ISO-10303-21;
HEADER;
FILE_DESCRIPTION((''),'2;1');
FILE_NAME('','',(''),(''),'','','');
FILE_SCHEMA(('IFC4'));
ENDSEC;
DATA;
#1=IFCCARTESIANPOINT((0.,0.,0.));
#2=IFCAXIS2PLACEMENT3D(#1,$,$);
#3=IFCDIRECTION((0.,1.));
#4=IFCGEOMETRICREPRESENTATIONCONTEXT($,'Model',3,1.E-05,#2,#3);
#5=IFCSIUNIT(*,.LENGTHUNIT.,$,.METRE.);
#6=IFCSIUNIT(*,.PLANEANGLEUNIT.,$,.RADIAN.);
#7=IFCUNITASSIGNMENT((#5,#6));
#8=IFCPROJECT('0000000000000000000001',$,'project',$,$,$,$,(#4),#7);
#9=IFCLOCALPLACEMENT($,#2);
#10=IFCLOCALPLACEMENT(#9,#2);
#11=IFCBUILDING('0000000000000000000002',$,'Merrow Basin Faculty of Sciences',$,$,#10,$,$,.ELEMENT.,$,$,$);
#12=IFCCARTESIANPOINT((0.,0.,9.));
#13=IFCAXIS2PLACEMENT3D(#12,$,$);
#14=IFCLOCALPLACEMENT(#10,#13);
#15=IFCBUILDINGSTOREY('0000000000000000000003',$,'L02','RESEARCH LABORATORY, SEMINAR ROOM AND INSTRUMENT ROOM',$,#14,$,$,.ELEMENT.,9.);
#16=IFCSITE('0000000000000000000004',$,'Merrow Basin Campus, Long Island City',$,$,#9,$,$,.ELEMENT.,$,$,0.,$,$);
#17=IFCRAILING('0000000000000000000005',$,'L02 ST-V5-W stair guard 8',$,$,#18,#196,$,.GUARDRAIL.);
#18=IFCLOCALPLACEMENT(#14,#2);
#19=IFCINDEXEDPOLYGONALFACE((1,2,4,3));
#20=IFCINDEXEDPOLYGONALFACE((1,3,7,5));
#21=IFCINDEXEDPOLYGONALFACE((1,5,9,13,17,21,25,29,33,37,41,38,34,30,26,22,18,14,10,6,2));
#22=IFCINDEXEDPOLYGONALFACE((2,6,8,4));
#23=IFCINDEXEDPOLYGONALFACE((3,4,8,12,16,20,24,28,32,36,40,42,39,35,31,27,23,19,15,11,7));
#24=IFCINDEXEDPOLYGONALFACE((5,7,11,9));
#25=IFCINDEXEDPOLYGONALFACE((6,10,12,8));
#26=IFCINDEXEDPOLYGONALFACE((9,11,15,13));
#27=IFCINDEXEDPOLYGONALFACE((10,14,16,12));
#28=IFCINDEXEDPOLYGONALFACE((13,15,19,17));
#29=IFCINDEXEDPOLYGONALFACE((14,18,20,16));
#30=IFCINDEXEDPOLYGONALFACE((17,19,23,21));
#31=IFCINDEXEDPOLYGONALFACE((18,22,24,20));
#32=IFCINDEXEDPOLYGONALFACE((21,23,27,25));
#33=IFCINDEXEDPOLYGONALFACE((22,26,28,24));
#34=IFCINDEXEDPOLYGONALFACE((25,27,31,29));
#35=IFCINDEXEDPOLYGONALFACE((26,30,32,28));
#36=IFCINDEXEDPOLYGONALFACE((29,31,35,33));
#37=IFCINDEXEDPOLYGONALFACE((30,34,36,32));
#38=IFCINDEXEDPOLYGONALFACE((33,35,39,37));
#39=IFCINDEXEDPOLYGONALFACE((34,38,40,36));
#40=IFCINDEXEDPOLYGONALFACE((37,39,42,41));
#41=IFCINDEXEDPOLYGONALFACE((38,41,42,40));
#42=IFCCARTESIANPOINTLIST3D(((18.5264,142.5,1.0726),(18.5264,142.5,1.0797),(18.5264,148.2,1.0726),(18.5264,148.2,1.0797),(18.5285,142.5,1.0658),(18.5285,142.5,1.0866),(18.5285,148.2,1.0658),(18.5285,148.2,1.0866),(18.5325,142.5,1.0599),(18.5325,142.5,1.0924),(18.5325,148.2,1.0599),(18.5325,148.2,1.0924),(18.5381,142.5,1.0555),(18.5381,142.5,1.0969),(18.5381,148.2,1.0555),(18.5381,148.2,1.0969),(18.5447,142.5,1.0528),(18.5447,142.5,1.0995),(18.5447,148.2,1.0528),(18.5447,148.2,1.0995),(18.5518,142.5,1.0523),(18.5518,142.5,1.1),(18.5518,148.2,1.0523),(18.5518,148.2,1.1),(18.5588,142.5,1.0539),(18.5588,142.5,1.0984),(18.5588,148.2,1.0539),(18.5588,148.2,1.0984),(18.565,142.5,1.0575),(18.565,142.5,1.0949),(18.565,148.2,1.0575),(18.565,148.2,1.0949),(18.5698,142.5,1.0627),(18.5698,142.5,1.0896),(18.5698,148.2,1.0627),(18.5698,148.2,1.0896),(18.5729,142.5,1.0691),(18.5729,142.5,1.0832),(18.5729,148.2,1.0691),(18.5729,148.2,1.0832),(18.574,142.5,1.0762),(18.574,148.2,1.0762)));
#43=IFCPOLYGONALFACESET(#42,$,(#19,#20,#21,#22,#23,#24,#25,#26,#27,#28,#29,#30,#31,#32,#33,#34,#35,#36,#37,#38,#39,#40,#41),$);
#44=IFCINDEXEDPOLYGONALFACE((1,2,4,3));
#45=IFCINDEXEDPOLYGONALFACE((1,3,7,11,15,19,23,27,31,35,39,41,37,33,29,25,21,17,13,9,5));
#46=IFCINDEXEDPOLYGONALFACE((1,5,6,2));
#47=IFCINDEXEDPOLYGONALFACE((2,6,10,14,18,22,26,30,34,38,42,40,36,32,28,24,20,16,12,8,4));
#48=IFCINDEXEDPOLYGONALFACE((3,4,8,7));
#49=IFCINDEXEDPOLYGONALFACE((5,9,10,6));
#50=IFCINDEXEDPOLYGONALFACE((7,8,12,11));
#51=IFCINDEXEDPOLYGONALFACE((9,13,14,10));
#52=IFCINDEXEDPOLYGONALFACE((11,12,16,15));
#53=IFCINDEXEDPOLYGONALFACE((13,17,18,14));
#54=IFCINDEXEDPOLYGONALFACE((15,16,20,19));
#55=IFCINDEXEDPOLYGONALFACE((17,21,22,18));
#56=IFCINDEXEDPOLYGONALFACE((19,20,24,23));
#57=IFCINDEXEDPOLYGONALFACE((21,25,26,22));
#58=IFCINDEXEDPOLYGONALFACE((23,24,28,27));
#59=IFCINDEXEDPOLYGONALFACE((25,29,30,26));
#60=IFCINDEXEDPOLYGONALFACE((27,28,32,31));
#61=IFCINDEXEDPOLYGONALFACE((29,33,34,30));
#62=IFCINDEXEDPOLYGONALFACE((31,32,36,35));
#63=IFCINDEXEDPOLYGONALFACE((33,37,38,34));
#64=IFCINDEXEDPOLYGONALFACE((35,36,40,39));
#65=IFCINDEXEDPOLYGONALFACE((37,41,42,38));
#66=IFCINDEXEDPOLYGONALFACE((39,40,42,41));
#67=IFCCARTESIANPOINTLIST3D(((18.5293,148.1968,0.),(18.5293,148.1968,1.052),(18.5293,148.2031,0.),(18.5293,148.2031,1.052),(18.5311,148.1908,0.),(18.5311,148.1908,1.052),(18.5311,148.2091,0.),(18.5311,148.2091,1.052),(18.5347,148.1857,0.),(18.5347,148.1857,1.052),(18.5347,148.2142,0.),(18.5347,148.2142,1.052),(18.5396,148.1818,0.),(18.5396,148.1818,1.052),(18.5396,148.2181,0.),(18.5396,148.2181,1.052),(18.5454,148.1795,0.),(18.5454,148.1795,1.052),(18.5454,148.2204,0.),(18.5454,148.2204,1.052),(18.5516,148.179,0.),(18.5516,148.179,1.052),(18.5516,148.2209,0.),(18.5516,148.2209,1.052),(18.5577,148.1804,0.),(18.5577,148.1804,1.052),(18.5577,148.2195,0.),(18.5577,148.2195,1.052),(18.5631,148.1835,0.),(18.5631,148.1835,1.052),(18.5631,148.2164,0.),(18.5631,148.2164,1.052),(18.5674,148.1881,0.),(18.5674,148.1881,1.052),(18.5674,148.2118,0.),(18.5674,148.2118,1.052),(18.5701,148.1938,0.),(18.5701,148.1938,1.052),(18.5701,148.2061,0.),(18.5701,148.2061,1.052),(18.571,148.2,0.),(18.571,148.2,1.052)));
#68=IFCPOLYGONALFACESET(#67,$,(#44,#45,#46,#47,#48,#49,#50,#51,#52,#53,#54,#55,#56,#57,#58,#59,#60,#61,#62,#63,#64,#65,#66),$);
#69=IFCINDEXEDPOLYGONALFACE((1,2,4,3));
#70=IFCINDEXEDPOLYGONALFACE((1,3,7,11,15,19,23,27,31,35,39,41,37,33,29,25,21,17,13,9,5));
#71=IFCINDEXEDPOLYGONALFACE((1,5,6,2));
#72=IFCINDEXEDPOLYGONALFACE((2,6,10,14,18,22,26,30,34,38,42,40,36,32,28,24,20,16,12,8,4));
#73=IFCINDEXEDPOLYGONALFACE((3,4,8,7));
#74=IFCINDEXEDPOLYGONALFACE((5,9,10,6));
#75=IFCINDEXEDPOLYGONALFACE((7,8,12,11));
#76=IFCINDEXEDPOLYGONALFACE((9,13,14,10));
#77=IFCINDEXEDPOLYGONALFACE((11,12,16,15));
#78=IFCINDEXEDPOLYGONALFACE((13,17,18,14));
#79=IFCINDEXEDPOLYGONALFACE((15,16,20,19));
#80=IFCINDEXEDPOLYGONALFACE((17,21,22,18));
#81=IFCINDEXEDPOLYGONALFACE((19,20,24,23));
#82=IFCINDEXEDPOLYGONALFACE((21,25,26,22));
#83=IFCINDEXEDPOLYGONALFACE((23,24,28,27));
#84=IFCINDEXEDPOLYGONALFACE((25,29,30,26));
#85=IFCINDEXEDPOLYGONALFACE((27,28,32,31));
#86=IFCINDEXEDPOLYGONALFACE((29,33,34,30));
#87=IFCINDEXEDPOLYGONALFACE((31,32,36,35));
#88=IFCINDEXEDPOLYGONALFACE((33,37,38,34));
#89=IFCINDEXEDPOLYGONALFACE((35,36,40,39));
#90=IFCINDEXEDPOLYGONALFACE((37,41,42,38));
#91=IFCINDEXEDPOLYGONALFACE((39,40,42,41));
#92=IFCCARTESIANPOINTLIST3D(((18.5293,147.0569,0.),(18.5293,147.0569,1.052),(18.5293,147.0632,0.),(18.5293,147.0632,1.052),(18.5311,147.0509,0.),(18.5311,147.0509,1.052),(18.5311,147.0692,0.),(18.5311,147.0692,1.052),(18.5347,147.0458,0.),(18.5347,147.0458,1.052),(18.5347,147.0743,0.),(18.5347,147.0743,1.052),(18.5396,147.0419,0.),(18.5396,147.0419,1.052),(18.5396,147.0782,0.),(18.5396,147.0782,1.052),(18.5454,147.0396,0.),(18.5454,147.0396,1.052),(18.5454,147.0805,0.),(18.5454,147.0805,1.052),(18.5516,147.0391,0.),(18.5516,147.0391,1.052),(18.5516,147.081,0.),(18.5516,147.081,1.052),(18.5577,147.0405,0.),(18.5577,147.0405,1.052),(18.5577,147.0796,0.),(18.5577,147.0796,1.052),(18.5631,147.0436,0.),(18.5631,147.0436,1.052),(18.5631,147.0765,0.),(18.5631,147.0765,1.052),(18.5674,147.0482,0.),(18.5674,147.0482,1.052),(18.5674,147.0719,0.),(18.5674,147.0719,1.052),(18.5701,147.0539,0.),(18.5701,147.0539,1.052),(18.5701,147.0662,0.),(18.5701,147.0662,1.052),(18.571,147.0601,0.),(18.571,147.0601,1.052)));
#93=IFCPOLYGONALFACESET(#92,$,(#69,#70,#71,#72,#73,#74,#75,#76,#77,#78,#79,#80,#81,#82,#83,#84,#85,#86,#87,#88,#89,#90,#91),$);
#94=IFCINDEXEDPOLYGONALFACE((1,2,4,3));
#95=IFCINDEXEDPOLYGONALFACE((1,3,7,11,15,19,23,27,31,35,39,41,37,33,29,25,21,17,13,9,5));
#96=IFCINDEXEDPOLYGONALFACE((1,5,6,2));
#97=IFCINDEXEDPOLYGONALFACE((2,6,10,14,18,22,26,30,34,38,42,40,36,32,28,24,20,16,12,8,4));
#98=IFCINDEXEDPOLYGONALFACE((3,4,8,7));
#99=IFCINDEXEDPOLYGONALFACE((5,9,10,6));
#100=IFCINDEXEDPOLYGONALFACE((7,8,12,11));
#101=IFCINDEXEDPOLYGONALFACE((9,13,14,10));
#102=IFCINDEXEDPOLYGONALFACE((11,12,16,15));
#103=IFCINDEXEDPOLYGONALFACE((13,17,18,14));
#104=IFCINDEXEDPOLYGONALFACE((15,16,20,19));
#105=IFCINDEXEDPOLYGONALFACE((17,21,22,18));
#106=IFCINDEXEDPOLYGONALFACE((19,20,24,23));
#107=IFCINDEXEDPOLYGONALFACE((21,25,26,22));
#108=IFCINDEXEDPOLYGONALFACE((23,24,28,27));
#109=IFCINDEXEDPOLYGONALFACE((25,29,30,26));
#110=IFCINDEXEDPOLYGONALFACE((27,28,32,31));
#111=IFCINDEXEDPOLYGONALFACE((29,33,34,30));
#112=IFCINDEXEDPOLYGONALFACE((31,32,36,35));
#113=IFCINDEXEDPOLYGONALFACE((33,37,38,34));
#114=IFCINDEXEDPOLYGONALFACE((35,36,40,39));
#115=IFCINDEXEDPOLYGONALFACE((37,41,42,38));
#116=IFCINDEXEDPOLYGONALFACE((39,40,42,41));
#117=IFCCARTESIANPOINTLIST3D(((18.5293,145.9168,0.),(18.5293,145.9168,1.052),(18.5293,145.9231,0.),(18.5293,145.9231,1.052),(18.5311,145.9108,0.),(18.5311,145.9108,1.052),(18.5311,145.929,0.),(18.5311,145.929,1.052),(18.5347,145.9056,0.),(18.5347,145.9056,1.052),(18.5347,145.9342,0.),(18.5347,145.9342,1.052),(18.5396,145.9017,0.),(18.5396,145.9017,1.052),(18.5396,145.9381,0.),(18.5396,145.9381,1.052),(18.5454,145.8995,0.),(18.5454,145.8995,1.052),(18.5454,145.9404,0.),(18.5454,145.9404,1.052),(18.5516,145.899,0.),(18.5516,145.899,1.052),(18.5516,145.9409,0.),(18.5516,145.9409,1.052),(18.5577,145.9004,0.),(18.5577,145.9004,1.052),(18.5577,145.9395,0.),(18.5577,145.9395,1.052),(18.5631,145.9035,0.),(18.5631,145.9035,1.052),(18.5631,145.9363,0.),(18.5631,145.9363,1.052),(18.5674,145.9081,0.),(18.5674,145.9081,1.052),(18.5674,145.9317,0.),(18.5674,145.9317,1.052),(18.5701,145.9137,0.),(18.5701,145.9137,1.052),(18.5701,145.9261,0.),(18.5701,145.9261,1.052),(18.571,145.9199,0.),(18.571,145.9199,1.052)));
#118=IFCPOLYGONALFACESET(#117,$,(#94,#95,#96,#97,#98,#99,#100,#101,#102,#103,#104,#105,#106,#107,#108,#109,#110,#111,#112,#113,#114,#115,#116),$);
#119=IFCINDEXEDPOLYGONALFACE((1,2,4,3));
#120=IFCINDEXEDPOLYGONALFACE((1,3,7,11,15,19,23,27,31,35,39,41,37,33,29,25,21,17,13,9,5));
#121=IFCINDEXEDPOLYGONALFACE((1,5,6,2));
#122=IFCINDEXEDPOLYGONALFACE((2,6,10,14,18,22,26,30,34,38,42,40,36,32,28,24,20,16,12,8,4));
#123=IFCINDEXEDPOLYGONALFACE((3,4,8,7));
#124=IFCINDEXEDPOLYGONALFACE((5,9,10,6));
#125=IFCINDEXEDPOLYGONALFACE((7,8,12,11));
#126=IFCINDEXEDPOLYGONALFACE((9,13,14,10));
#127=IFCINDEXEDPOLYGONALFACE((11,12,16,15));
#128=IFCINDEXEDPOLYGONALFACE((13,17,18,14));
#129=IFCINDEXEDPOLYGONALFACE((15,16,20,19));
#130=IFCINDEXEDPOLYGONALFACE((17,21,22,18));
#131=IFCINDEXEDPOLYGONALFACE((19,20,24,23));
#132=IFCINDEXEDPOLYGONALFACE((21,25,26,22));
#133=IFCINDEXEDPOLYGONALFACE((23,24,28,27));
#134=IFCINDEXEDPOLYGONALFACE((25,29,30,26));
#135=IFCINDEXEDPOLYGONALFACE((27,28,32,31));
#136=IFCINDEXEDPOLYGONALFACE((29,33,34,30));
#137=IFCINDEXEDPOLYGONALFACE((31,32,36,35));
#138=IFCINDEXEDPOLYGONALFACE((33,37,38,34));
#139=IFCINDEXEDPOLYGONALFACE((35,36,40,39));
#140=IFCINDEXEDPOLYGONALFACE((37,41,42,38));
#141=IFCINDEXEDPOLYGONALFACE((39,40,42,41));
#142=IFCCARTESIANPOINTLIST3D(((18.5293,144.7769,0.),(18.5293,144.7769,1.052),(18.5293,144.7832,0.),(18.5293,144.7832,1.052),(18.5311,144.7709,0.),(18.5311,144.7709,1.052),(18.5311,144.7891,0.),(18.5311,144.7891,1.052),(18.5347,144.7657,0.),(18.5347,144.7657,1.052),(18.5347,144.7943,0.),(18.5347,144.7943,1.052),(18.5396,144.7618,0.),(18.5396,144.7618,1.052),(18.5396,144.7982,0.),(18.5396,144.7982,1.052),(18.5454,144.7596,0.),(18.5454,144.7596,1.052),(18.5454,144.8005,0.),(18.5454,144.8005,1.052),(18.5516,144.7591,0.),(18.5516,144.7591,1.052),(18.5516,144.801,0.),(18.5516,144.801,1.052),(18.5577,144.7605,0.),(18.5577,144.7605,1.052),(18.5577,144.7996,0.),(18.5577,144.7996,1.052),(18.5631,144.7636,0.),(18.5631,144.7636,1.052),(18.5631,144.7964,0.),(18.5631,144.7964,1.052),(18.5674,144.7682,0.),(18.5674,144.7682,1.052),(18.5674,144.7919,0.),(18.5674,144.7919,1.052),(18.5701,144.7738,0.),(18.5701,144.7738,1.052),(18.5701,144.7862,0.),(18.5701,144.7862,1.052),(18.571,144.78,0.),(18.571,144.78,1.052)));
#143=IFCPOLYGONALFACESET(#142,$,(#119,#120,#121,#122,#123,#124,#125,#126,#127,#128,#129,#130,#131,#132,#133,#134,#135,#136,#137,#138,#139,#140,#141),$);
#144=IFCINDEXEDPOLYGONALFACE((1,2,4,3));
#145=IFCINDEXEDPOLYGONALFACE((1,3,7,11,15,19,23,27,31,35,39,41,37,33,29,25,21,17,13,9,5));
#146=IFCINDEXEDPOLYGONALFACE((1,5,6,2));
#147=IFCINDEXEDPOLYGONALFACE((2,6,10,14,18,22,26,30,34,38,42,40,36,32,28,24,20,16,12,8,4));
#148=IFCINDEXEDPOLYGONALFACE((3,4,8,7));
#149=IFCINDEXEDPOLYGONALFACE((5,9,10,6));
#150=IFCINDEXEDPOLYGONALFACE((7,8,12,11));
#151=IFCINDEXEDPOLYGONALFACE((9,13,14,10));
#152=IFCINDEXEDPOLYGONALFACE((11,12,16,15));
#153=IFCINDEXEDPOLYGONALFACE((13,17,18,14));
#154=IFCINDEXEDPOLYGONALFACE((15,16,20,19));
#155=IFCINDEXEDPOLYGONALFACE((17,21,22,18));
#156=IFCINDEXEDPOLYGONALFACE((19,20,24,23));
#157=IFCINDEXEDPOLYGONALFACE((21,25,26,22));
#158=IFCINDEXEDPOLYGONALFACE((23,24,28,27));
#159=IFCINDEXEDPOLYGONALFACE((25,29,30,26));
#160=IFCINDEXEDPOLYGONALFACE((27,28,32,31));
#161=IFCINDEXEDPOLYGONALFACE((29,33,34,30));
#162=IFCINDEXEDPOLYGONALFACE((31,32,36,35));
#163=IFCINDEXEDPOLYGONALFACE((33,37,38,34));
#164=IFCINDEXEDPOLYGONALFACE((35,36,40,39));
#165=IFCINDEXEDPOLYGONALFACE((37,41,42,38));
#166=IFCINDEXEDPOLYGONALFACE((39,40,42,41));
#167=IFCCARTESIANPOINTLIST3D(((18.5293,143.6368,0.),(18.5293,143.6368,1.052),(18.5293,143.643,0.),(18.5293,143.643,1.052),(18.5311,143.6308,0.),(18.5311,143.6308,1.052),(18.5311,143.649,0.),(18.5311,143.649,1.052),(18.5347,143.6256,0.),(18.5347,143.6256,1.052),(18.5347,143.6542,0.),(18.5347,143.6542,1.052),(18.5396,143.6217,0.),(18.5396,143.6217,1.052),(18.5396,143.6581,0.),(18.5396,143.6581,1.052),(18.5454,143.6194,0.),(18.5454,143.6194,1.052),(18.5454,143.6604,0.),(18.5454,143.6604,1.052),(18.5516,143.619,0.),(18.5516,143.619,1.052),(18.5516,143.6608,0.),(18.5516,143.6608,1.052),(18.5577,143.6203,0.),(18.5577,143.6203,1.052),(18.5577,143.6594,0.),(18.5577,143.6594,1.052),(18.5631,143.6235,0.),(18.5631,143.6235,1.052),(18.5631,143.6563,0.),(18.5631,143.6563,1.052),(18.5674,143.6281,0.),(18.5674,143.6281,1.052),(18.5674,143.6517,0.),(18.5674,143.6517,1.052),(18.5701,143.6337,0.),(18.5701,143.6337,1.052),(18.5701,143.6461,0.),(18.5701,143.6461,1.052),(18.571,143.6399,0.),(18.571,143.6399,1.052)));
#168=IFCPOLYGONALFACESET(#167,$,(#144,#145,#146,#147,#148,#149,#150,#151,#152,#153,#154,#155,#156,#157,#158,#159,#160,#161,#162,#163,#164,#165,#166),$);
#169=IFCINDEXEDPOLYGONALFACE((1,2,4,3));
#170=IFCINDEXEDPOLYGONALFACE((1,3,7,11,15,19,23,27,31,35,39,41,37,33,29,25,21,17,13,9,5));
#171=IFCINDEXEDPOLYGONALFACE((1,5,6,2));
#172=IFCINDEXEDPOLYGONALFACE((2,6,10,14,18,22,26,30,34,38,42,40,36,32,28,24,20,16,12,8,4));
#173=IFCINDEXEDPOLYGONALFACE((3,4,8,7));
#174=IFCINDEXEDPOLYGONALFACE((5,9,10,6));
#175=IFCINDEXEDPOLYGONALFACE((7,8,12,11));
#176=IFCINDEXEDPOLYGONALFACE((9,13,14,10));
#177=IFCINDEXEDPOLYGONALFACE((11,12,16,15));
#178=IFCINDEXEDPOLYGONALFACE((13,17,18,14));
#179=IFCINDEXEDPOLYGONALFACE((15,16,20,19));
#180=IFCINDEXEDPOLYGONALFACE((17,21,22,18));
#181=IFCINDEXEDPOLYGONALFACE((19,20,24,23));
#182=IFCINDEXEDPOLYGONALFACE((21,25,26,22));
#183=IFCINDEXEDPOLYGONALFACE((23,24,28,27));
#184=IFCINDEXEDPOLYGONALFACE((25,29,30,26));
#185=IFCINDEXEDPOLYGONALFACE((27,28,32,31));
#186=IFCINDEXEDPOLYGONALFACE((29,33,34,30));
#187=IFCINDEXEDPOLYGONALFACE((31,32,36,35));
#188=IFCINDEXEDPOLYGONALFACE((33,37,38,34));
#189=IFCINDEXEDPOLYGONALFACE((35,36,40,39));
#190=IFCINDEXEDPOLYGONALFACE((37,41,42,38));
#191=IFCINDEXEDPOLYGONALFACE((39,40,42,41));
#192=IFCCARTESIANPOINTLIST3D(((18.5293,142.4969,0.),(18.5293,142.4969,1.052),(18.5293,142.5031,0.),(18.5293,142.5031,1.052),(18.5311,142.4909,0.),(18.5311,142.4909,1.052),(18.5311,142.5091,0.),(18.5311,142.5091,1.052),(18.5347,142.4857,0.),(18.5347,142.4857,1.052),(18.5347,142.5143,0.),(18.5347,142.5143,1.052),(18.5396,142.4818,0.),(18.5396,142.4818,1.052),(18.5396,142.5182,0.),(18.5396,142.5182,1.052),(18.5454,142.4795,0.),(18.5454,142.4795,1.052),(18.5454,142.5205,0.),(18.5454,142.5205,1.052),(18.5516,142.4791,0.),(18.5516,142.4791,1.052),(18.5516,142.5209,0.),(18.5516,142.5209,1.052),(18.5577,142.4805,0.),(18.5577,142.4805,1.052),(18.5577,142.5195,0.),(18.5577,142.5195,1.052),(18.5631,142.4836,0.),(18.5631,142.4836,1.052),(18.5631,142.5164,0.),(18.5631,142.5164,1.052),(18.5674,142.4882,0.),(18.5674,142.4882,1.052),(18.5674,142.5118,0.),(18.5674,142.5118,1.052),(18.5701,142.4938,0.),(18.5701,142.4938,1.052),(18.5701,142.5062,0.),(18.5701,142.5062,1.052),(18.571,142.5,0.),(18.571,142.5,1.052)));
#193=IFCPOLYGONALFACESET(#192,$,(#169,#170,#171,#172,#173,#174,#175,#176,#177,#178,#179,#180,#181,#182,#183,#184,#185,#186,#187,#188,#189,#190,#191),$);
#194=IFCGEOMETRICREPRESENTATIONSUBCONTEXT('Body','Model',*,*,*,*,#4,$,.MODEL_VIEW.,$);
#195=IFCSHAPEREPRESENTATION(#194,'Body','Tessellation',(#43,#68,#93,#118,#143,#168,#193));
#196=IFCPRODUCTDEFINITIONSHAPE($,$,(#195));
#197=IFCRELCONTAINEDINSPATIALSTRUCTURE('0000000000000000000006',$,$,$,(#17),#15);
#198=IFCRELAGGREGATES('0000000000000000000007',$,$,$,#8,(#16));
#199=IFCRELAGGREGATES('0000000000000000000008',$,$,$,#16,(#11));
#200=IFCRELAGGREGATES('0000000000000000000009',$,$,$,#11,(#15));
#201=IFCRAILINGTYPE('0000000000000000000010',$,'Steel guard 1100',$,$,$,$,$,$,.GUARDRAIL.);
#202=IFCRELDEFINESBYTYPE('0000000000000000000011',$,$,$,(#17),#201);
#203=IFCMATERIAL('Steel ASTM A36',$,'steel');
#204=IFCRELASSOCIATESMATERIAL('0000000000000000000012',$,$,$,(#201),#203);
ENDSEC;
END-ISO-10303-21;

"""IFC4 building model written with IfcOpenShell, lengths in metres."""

from ifc_helpers import new_model, si_unit, direction, frame, origin, origin_2d, place, context, subcontext, project, spatial, circle, extrude, material, type_object, element, save


model = new_model("IFC4")

# Units and contexts
model_context = context("Model", 3, precision=1e-05, world=origin(), true_north=direction((0.0, 1.0)))
body_context = subcontext(model_context, "Body", "Model", "MODEL_VIEW")
ifc_project = project(units=[si_unit("LENGTHUNIT", "METRE"), si_unit("PLANEANGLEUNIT", "RADIAN")], contexts=[model_context])

# Site, building, storey
site_placement = place(None, origin())
site = spatial("IfcSite", under=ifc_project, at=site_placement, Name="Merrow Basin Campus, Long Island City", CompositionType="ELEMENT", RefElevation=0.0)
building_placement = place(site_placement, origin())
building = spatial("IfcBuilding", under=site, at=building_placement, Name="Merrow Basin Faculty of Sciences", CompositionType="ELEMENT")
storey_placement = place(building_placement, frame((0.0, 0.0, 9.0)))
storey = spatial("IfcBuildingStorey", under=building, at=storey_placement, Name="L02", Description="RESEARCH LABORATORY, SEMINAR ROOM AND INSTRUMENT ROOM", CompositionType="ELEMENT", Elevation=9.0)

# Railing
ifc_material_1 = material(Name="Steel ASTM A36", Category="steel")
railing_type_1 = type_object("IfcRailingType", Name="Steel guard 1100", PredefinedType="GUARDRAIL", material=ifc_material_1)
railing_1_placement = place(storey_placement, frame((18.55, 148.2, 0.0)))
element("IfcRailing", 1, at=railing_1_placement, inside=storey, type_object=railing_type_1, Name="L02 ST-V5-W stair guard 8", PredefinedType="GUARDRAIL", context=body_context, shape_type="SweptSolid", body=[
    extrude(circle(Radius=0.0239, at=origin_2d()), frame((0.0, 0.0, 1.0762), z_axis=(0.0, -1.0, 0.0), x_axis=(1.0, 0.0, 0.0)), (0.0, 0.0, 1.0), 5.7),
    extrude(circle(Radius=0.021, at=origin_2d()), origin(), (0.0, 0.0, 1.0), 1.052),
    extrude(circle(Radius=0.021, at=origin_2d()), frame((0.0, -1.1399, 0.0)), (0.0, 0.0, 1.0), 1.052),
    extrude(circle(Radius=0.021, at=origin_2d()), frame((0.0, -2.28, 0.0)), (0.0, 0.0, 1.0), 1.052),
    extrude(circle(Radius=0.021, at=origin_2d()), frame((0.0, -3.4199, 0.0)), (0.0, 0.0, 1.0), 1.052),
    extrude(circle(Radius=0.021, at=origin_2d()), frame((0.0, -4.5601, 0.0)), (0.0, 0.0, 1.0), 1.052),
    extrude(circle(Radius=0.021, at=origin_2d()), frame((0.0, -5.7, 0.0)), (0.0, 0.0, 1.0), 1.052),
])

save(model, "model.ifc")
